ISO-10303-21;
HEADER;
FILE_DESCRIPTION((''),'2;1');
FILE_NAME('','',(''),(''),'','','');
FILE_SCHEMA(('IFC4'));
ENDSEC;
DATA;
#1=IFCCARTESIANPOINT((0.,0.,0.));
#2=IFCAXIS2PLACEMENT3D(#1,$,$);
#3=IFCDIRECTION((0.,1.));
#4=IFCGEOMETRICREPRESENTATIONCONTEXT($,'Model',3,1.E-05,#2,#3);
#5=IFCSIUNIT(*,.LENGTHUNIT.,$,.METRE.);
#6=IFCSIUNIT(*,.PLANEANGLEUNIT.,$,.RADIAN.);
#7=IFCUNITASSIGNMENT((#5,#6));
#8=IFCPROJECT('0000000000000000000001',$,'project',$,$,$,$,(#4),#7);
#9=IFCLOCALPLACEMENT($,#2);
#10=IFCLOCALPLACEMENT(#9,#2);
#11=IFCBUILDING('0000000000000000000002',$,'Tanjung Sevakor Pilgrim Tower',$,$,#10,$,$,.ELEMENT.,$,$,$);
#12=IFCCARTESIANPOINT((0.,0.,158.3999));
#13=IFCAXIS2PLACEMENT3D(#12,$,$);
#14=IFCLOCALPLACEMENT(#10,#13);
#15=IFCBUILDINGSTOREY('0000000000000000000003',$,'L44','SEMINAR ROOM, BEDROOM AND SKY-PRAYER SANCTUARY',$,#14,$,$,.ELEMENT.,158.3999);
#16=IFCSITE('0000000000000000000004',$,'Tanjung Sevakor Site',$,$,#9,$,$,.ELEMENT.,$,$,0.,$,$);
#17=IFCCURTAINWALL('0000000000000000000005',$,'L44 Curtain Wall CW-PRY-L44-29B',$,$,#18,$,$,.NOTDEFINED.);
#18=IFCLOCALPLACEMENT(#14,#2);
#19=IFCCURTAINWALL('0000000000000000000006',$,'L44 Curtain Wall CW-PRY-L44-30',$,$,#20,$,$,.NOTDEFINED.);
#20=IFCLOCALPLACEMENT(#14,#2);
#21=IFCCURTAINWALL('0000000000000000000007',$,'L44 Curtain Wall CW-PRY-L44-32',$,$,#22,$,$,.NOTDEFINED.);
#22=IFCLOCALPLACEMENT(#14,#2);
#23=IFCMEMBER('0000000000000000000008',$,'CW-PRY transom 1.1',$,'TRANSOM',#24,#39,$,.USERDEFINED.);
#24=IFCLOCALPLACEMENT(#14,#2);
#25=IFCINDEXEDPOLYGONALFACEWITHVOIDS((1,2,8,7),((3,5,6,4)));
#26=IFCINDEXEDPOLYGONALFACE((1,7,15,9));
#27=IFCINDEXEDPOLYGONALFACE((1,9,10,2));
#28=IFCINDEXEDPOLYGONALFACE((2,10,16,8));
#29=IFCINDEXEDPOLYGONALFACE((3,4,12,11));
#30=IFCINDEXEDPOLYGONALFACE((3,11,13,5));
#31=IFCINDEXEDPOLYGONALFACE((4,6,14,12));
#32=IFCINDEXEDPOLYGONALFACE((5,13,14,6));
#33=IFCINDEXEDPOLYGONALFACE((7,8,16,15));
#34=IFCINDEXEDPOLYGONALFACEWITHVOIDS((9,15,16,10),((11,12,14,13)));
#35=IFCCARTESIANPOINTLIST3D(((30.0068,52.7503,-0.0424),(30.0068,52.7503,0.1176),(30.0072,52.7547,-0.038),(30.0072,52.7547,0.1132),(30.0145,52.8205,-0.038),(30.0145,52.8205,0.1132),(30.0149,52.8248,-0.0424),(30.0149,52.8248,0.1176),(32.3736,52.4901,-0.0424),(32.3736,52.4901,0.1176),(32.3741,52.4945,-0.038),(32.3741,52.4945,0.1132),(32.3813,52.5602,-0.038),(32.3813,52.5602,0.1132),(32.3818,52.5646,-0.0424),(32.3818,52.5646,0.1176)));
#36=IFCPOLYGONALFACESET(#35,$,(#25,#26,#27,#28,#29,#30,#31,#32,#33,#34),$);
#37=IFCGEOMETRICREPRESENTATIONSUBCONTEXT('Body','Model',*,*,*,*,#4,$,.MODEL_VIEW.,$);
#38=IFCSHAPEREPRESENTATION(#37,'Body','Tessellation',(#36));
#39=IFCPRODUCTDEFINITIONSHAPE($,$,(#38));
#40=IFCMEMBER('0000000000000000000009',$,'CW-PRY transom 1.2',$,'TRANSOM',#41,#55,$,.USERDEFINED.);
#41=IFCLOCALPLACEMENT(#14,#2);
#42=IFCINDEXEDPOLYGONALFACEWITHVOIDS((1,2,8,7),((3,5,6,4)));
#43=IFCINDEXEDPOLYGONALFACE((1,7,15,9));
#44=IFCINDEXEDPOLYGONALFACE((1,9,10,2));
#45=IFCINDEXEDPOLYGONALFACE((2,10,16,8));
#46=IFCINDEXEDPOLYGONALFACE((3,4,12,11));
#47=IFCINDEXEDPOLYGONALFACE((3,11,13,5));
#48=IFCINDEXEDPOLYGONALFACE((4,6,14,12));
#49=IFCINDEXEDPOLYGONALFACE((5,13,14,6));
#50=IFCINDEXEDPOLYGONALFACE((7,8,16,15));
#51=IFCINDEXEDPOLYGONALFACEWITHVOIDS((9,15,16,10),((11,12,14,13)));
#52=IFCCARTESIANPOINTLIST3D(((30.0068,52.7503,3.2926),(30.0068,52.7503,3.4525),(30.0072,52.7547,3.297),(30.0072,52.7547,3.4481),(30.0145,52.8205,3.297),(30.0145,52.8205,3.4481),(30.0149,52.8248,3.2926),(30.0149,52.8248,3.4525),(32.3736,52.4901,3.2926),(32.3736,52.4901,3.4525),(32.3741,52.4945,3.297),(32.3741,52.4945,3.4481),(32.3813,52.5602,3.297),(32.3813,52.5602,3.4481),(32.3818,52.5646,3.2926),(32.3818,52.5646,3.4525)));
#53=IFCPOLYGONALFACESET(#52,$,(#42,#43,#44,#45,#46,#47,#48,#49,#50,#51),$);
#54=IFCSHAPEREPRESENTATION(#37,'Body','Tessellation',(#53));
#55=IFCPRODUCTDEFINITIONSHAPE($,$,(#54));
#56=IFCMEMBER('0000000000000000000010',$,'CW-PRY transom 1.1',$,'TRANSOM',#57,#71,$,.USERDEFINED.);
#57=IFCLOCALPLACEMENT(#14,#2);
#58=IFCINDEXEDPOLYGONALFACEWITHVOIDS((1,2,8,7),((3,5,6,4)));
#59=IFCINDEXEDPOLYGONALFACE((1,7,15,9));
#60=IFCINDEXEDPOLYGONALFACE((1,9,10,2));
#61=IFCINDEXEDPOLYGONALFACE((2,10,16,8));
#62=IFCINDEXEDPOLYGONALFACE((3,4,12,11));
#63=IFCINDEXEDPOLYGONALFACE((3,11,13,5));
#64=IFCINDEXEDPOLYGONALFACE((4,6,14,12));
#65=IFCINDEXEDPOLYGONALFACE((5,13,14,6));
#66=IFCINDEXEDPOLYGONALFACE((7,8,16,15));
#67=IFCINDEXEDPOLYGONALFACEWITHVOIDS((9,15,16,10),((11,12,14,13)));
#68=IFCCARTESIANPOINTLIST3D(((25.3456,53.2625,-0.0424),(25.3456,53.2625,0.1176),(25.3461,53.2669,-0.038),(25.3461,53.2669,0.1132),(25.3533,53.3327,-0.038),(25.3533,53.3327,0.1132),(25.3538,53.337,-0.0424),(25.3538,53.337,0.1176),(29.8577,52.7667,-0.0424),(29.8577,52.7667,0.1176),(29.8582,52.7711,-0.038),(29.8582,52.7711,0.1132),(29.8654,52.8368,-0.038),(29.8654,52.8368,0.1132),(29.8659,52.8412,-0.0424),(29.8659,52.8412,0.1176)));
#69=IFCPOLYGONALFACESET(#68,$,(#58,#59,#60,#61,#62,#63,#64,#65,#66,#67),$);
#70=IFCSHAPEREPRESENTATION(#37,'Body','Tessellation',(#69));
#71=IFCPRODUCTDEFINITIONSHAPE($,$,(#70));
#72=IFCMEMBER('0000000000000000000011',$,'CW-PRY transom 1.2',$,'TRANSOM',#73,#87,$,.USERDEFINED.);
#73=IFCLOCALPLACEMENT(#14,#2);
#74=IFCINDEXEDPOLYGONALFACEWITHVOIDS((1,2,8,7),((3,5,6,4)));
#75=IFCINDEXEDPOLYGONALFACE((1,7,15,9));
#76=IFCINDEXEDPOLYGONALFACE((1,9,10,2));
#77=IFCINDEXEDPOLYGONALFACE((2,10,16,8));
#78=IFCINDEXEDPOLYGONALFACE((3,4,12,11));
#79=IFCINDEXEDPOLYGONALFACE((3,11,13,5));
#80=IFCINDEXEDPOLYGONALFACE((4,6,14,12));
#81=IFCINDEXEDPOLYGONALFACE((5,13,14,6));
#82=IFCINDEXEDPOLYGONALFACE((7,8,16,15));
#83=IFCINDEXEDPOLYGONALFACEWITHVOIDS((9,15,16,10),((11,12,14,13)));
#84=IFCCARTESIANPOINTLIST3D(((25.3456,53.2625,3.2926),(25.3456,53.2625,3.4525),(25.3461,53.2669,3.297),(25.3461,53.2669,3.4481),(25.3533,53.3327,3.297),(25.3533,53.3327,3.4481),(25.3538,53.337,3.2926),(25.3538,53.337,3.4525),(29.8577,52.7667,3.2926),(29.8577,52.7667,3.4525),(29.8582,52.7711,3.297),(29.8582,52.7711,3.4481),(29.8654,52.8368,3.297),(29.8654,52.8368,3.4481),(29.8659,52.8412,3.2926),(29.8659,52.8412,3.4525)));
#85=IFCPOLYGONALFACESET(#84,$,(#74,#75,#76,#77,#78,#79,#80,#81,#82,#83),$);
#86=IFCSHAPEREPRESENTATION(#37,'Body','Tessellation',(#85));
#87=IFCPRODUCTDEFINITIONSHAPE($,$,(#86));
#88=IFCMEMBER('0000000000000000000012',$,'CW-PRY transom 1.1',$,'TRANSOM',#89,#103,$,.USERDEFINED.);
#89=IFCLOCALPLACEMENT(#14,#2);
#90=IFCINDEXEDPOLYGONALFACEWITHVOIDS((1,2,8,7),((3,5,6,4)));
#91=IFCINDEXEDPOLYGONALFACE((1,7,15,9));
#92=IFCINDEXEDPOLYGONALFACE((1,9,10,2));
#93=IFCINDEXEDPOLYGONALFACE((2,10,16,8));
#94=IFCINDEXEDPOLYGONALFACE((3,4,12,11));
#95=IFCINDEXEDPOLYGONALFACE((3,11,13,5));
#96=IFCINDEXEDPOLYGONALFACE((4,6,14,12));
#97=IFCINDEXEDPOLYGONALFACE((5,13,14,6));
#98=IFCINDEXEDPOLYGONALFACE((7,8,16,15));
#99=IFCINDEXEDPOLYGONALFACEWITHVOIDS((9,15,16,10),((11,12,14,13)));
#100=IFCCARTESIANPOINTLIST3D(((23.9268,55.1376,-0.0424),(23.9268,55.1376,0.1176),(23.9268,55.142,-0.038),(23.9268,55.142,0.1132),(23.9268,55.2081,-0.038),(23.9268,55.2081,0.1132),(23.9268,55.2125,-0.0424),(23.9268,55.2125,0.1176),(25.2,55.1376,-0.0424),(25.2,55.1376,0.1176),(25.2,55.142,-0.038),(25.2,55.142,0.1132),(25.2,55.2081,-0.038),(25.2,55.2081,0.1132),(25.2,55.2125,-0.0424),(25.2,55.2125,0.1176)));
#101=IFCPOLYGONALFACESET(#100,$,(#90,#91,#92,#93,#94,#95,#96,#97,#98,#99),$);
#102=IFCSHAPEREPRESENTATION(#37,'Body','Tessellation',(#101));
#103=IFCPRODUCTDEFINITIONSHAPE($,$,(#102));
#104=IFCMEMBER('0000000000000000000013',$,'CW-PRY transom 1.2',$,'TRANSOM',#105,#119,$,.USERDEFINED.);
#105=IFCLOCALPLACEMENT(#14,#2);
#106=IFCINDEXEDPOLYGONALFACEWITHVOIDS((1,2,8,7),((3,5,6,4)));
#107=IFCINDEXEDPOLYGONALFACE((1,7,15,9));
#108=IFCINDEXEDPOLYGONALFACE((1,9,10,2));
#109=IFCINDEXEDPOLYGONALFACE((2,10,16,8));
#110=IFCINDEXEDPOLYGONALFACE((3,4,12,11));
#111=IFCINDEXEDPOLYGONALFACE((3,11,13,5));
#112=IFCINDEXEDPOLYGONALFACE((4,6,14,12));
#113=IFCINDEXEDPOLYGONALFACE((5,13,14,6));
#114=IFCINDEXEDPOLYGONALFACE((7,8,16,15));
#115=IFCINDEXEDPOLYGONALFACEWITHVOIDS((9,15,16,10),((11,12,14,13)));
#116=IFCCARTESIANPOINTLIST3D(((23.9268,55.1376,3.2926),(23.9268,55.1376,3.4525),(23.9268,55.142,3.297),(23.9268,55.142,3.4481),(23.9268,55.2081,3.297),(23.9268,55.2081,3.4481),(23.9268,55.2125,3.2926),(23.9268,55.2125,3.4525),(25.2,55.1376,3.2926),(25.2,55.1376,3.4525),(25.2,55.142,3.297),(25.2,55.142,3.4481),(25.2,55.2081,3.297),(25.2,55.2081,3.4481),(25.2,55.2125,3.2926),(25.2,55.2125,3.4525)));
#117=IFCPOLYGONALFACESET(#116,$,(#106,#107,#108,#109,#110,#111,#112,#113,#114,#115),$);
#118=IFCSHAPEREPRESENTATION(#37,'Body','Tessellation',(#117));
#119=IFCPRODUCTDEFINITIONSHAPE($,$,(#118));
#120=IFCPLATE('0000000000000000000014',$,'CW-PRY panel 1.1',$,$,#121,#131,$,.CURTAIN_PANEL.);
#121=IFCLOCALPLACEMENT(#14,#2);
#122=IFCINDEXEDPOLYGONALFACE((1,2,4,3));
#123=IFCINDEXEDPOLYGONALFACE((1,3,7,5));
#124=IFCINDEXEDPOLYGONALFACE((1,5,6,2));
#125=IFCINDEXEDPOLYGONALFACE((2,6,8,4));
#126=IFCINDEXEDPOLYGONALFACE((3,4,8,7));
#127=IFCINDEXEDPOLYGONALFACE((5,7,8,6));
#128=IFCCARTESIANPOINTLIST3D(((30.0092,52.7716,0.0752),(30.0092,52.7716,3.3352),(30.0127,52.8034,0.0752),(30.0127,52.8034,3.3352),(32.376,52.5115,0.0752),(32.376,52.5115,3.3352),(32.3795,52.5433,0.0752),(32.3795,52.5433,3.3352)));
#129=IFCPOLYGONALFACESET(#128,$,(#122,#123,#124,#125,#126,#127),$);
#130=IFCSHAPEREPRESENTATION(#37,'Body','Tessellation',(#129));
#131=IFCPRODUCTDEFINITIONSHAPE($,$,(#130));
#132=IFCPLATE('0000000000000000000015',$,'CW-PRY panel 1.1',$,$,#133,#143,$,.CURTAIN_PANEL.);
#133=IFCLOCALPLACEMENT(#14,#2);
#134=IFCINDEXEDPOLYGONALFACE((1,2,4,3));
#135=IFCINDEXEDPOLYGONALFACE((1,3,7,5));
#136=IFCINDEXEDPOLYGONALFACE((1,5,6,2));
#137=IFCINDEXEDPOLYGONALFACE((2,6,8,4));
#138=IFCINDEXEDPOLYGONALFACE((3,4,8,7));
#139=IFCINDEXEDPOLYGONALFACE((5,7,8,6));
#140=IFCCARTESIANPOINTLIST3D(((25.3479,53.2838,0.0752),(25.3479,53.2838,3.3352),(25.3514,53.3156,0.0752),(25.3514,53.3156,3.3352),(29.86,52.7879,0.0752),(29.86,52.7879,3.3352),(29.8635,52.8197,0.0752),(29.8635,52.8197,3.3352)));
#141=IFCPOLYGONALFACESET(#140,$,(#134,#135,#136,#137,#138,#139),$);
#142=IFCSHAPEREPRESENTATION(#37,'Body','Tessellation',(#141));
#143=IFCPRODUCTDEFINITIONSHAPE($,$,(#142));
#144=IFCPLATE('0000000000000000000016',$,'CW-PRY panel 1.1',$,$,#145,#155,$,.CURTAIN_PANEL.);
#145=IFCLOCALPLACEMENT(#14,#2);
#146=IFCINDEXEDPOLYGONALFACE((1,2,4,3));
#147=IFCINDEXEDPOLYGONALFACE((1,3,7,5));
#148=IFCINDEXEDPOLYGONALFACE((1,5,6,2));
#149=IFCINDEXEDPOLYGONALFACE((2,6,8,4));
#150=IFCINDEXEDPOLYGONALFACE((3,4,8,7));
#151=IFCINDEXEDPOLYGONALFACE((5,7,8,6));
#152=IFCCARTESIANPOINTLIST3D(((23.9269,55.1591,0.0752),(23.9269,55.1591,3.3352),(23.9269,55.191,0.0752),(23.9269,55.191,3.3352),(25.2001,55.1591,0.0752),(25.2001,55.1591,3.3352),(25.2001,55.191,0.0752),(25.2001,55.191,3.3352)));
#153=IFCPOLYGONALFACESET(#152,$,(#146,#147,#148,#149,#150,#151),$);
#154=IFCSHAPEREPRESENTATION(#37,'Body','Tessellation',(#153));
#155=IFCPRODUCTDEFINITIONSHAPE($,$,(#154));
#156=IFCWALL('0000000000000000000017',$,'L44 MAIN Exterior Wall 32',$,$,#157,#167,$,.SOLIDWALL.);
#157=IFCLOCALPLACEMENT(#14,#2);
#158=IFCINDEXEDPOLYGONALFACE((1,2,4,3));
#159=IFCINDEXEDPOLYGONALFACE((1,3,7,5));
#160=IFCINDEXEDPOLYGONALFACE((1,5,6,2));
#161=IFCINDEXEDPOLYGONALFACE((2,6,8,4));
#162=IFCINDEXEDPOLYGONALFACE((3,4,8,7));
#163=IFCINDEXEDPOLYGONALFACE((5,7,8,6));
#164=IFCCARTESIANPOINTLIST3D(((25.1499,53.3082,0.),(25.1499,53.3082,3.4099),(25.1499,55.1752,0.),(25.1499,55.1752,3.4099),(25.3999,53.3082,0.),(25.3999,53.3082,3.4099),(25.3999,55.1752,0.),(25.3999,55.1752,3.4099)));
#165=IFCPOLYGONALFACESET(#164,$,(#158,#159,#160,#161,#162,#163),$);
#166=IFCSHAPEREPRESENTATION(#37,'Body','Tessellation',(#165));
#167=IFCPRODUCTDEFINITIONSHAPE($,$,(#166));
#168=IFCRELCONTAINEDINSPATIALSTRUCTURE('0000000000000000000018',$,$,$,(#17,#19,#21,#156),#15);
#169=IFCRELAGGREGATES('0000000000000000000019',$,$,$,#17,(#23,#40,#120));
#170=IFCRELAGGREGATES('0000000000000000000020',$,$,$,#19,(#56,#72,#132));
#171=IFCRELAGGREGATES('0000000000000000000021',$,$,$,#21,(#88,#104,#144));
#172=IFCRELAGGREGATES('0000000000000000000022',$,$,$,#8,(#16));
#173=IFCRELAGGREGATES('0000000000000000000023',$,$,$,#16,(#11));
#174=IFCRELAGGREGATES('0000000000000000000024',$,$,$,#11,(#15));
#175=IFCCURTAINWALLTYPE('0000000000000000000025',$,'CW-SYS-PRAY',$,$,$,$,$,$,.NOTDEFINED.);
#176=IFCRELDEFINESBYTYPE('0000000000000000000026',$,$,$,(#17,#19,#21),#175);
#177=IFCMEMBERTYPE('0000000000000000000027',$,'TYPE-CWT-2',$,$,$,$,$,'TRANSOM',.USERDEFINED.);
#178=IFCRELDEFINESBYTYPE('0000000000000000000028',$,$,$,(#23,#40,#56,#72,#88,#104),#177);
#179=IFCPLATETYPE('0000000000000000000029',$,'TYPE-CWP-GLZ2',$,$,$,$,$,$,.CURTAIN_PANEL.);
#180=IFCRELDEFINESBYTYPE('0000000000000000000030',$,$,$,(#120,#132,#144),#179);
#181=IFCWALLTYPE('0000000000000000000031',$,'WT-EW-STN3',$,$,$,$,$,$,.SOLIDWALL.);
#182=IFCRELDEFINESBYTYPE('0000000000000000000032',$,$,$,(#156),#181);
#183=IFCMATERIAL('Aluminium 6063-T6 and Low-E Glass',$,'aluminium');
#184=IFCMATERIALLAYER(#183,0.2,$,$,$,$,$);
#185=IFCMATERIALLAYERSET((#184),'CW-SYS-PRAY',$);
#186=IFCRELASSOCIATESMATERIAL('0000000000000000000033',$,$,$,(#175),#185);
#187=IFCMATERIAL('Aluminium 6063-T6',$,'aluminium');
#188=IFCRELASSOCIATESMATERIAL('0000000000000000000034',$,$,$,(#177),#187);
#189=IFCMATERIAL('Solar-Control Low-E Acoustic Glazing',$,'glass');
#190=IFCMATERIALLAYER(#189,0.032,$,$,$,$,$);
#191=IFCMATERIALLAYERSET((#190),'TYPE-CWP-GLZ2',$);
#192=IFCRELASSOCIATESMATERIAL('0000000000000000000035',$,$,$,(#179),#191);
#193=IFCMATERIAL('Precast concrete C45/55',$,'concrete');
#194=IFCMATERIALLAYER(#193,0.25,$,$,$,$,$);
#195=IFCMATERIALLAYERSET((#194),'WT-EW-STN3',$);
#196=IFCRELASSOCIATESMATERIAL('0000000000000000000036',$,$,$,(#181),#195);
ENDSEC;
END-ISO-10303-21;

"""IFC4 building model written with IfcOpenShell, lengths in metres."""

from ifc_helpers import new_model, si_unit, direction, frame, frame_2d, origin, origin_2d, place, context, subcontext, project, spatial, rectangle, hollow_rectangle, extrude, material, layer, layer_set, material_profile, profile_set, type_object, element, aggregate, save


model = new_model("IFC4")

# Units and contexts
model_context = context("Model", 3, precision=1e-05, world=origin(), true_north=direction((0.0, 1.0)))
body_context = subcontext(model_context, "Body", "Model", "MODEL_VIEW")
ifc_project = project(units=[si_unit("LENGTHUNIT", "METRE"), si_unit("PLANEANGLEUNIT", "RADIAN")], contexts=[model_context])

# Site, building, storey
site_placement = place(None, origin())
site = spatial("IfcSite", under=ifc_project, at=site_placement, Name="Tanjung Sevakor Site", CompositionType="ELEMENT", RefElevation=0.0)
building_placement = place(site_placement, origin())
building = spatial("IfcBuilding", under=site, at=building_placement, Name="Tanjung Sevakor Pilgrim Tower", CompositionType="ELEMENT")
storey_placement = place(building_placement, frame((0.0, 0.0, 158.3999)))
storey = spatial("IfcBuildingStorey", under=building, at=storey_placement, Name="L44", Description="SEMINAR ROOM, BEDROOM AND SKY-PRAYER SANCTUARY", CompositionType="ELEMENT", Elevation=158.3999)

# Curtain walls
ifc_material_1 = material(Name="Aluminium 6063-T6 and Low-E Glass", Category="aluminium")
ifc_layer_1 = layer(ifc_material_1, 0.2)
ifc_layer_set_1 = layer_set([ifc_layer_1], Name="CW-SYS-PRAY")
curtain_wall_type = type_object("IfcCurtainWallType", Name="CW-SYS-PRAY", PredefinedType="NOTDEFINED", material=ifc_layer_set_1)
curtain_wall_1_placement = place(storey_placement, origin())
curtain_wall_1 = element("IfcCurtainWall", 1, at=curtain_wall_1_placement, inside=storey, type_object=curtain_wall_type, Name="L44 Curtain Wall CW-PRY-L44-29B", PredefinedType="NOTDEFINED")
curtain_wall_2_placement = place(storey_placement, origin())
curtain_wall_2 = element("IfcCurtainWall", 2, at=curtain_wall_2_placement, inside=storey, type_object=curtain_wall_type, Name="L44 Curtain Wall CW-PRY-L44-30", PredefinedType="NOTDEFINED")
curtain_wall_3_placement = place(storey_placement, origin())
curtain_wall_3 = element("IfcCurtainWall", 3, at=curtain_wall_3_placement, inside=storey, type_object=curtain_wall_type, Name="L44 Curtain Wall CW-PRY-L44-32", PredefinedType="NOTDEFINED")

# Members
ifc_material_2 = material(Name="Aluminium 6063-T6", Category="aluminium")
ifc_material_profile_1 = material_profile(ifc_material_2, hollow_rectangle(XDim=0.075, YDim=0.1599, WallThickness=0.0044, at=origin_2d()))
ifc_profile_set_1 = profile_set([ifc_material_profile_1], Name="Aluminium 6063-T6")
member_type_1 = type_object("IfcMemberType", Name="TYPE-CWT-2", ElementType="TRANSOM", PredefinedType="USERDEFINED", material=ifc_profile_set_1)
member_1_placement = place(storey_placement, frame((32.3777, 52.5273, 0.0376), z_axis=(-0.994009, 0.109295, 0.0), x_axis=(-0.109295, -0.994009, 0.0)))
member_1 = element("IfcMember", 4, at=member_1_placement, type_object=member_type_1, Name="CW-PRY transom 1.1", ObjectType="TRANSOM", PredefinedType="USERDEFINED", context=body_context, shape_type="SweptSolid", body=[
    extrude(hollow_rectangle(XDim=0.075, YDim=0.1599, WallThickness=0.0044, at=origin_2d()), origin(), (0.0, 0.0, 1.0), 2.3811),
])
member_2_placement = place(storey_placement, frame((32.3777, 52.5273, 3.3726), z_axis=(-0.994009, 0.109295, 0.0), x_axis=(-0.109295, -0.994009, 0.0)))
member_2 = element("IfcMember", 5, at=member_2_placement, type_object=member_type_1, Name="CW-PRY transom 1.2", ObjectType="TRANSOM", PredefinedType="USERDEFINED", context=body_context, shape_type="SweptSolid", body=[
    extrude(hollow_rectangle(XDim=0.075, YDim=0.1599, WallThickness=0.0044, at=origin_2d()), origin(), (0.0, 0.0, 1.0), 2.3811),
])
member_3_placement = place(storey_placement, frame((29.8618, 52.804, 0.0376), z_axis=(-0.994016, 0.109233, 0.0), x_axis=(-0.109233, -0.994016, 0.0)))
member_3 = element("IfcMember", 6, at=member_3_placement, type_object=member_type_1, Name="CW-PRY transom 1.1", ObjectType="TRANSOM", PredefinedType="USERDEFINED", context=body_context, shape_type="SweptSolid", body=[
    extrude(hollow_rectangle(XDim=0.075, YDim=0.1599, WallThickness=0.0044, at=origin_2d()), origin(), (0.0, 0.0, 1.0), 4.5393),
])
member_4_placement = place(storey_placement, frame((29.8618, 52.804, 3.3726), z_axis=(-0.994016, 0.109233, 0.0), x_axis=(-0.109233, -0.994016, 0.0)))
member_4 = element("IfcMember", 7, at=member_4_placement, type_object=member_type_1, Name="CW-PRY transom 1.2", ObjectType="TRANSOM", PredefinedType="USERDEFINED", context=body_context, shape_type="SweptSolid", body=[
    extrude(hollow_rectangle(XDim=0.075, YDim=0.1599, WallThickness=0.0044, at=origin_2d()), origin(), (0.0, 0.0, 1.0), 4.5393),
])
member_5_placement = place(storey_placement, frame((25.2, 55.175, 0.0376), z_axis=(-1.0, 0.0, 0.0), x_axis=(0.0, -1.0, 0.0)))
member_5 = element("IfcMember", 8, at=member_5_placement, type_object=member_type_1, Name="CW-PRY transom 1.1", ObjectType="TRANSOM", PredefinedType="USERDEFINED", context=body_context, shape_type="SweptSolid", body=[
    extrude(hollow_rectangle(XDim=0.075, YDim=0.1599, WallThickness=0.0044, at=origin_2d()), origin(), (0.0, 0.0, 1.0), 1.2732),
])
member_6_placement = place(storey_placement, frame((25.2, 55.175, 3.3726), z_axis=(-1.0, 0.0, 0.0), x_axis=(0.0, -1.0, 0.0)))
member_6 = element("IfcMember", 9, at=member_6_placement, type_object=member_type_1, Name="CW-PRY transom 1.2", ObjectType="TRANSOM", PredefinedType="USERDEFINED", context=body_context, shape_type="SweptSolid", body=[
    extrude(hollow_rectangle(XDim=0.075, YDim=0.1599, WallThickness=0.0044, at=origin_2d()), origin(), (0.0, 0.0, 1.0), 1.2732),
])

# Plates
ifc_material_3 = material(Name="Solar-Control Low-E Acoustic Glazing", Category="glass")
ifc_layer_2 = layer(ifc_material_3, 0.032)
ifc_layer_set_2 = layer_set([ifc_layer_2], Name="TYPE-CWP-GLZ2")
plate_type = type_object("IfcPlateType", Name="TYPE-CWP-GLZ2", PredefinedType="CURTAIN_PANEL", material=ifc_layer_set_2)
plate_1_placement = place(storey_placement, frame((31.1943, 52.6575, 0.0752), z_axis=(0.0, 0.0, 1.0), x_axis=(-0.994016, 0.109239, 0.0)))
plate_1 = element("IfcPlate", 10, at=plate_1_placement, type_object=plate_type, Name="CW-PRY panel 1.1", PredefinedType="CURTAIN_PANEL", context=body_context, shape_type="SweptSolid", body=[
    extrude(rectangle(XDim=2.3811, YDim=0.032, at=origin_2d()), origin(), (0.0, 0.0, 1.0), 3.26),
])
aggregate(curtain_wall_1, [member_1, member_2, plate_1])
plate_2_placement = place(storey_placement, frame((27.6057, 53.0518, 0.0752), z_axis=(0.0, 0.0, 1.0), x_axis=(-0.994015, 0.109247, 0.0)))
plate_2 = element("IfcPlate", 11, at=plate_2_placement, type_object=plate_type, Name="CW-PRY panel 1.1", PredefinedType="CURTAIN_PANEL", context=body_context, shape_type="SweptSolid", body=[
    extrude(rectangle(XDim=4.5393, YDim=0.032, at=origin_2d()), origin(), (0.0, 0.0, 1.0), 3.26),
])
aggregate(curtain_wall_2, [member_3, member_4, plate_2])
plate_3_placement = place(storey_placement, frame((24.5635, 55.175, 0.0752), z_axis=(0.0, 0.0, 1.0), x_axis=(-1.0, 0.0, 0.0)))
plate_3 = element("IfcPlate", 12, at=plate_3_placement, type_object=plate_type, Name="CW-PRY panel 1.1", PredefinedType="CURTAIN_PANEL", context=body_context, shape_type="SweptSolid", body=[
    extrude(rectangle(XDim=1.2732, YDim=0.032, at=origin_2d()), origin(), (0.0, 0.0, 1.0), 3.26),
])
aggregate(curtain_wall_3, [member_5, member_6, plate_3])

# Wall
ifc_material_4 = material(Name="Precast concrete C45/55", Category="concrete")
ifc_layer_3 = layer(ifc_material_4, 0.25)
ifc_layer_set_3 = layer_set([ifc_layer_3], Name="WT-EW-STN3")
wall_type_1 = type_object("IfcWallType", Name="WT-EW-STN3", PredefinedType="SOLIDWALL", material=ifc_layer_set_3)
wall_1_placement = place(storey_placement, frame((25.2749, 53.3081, 0.0), z_axis=(0.0, 0.0, 1.0), x_axis=(0.0, 1.0, 0.0)))
element("IfcWall", 13, at=wall_1_placement, inside=storey, type_object=wall_type_1, Name="L44 MAIN Exterior Wall 32", PredefinedType="SOLIDWALL", context=body_context, shape_type="SweptSolid", body=[
    extrude(rectangle(XDim=1.8669, YDim=0.25, at=frame_2d((0.9336, 0.0))), origin(), (0.0, 0.0, 1.0), 3.4099),
])

save(model, "model.ifc")
